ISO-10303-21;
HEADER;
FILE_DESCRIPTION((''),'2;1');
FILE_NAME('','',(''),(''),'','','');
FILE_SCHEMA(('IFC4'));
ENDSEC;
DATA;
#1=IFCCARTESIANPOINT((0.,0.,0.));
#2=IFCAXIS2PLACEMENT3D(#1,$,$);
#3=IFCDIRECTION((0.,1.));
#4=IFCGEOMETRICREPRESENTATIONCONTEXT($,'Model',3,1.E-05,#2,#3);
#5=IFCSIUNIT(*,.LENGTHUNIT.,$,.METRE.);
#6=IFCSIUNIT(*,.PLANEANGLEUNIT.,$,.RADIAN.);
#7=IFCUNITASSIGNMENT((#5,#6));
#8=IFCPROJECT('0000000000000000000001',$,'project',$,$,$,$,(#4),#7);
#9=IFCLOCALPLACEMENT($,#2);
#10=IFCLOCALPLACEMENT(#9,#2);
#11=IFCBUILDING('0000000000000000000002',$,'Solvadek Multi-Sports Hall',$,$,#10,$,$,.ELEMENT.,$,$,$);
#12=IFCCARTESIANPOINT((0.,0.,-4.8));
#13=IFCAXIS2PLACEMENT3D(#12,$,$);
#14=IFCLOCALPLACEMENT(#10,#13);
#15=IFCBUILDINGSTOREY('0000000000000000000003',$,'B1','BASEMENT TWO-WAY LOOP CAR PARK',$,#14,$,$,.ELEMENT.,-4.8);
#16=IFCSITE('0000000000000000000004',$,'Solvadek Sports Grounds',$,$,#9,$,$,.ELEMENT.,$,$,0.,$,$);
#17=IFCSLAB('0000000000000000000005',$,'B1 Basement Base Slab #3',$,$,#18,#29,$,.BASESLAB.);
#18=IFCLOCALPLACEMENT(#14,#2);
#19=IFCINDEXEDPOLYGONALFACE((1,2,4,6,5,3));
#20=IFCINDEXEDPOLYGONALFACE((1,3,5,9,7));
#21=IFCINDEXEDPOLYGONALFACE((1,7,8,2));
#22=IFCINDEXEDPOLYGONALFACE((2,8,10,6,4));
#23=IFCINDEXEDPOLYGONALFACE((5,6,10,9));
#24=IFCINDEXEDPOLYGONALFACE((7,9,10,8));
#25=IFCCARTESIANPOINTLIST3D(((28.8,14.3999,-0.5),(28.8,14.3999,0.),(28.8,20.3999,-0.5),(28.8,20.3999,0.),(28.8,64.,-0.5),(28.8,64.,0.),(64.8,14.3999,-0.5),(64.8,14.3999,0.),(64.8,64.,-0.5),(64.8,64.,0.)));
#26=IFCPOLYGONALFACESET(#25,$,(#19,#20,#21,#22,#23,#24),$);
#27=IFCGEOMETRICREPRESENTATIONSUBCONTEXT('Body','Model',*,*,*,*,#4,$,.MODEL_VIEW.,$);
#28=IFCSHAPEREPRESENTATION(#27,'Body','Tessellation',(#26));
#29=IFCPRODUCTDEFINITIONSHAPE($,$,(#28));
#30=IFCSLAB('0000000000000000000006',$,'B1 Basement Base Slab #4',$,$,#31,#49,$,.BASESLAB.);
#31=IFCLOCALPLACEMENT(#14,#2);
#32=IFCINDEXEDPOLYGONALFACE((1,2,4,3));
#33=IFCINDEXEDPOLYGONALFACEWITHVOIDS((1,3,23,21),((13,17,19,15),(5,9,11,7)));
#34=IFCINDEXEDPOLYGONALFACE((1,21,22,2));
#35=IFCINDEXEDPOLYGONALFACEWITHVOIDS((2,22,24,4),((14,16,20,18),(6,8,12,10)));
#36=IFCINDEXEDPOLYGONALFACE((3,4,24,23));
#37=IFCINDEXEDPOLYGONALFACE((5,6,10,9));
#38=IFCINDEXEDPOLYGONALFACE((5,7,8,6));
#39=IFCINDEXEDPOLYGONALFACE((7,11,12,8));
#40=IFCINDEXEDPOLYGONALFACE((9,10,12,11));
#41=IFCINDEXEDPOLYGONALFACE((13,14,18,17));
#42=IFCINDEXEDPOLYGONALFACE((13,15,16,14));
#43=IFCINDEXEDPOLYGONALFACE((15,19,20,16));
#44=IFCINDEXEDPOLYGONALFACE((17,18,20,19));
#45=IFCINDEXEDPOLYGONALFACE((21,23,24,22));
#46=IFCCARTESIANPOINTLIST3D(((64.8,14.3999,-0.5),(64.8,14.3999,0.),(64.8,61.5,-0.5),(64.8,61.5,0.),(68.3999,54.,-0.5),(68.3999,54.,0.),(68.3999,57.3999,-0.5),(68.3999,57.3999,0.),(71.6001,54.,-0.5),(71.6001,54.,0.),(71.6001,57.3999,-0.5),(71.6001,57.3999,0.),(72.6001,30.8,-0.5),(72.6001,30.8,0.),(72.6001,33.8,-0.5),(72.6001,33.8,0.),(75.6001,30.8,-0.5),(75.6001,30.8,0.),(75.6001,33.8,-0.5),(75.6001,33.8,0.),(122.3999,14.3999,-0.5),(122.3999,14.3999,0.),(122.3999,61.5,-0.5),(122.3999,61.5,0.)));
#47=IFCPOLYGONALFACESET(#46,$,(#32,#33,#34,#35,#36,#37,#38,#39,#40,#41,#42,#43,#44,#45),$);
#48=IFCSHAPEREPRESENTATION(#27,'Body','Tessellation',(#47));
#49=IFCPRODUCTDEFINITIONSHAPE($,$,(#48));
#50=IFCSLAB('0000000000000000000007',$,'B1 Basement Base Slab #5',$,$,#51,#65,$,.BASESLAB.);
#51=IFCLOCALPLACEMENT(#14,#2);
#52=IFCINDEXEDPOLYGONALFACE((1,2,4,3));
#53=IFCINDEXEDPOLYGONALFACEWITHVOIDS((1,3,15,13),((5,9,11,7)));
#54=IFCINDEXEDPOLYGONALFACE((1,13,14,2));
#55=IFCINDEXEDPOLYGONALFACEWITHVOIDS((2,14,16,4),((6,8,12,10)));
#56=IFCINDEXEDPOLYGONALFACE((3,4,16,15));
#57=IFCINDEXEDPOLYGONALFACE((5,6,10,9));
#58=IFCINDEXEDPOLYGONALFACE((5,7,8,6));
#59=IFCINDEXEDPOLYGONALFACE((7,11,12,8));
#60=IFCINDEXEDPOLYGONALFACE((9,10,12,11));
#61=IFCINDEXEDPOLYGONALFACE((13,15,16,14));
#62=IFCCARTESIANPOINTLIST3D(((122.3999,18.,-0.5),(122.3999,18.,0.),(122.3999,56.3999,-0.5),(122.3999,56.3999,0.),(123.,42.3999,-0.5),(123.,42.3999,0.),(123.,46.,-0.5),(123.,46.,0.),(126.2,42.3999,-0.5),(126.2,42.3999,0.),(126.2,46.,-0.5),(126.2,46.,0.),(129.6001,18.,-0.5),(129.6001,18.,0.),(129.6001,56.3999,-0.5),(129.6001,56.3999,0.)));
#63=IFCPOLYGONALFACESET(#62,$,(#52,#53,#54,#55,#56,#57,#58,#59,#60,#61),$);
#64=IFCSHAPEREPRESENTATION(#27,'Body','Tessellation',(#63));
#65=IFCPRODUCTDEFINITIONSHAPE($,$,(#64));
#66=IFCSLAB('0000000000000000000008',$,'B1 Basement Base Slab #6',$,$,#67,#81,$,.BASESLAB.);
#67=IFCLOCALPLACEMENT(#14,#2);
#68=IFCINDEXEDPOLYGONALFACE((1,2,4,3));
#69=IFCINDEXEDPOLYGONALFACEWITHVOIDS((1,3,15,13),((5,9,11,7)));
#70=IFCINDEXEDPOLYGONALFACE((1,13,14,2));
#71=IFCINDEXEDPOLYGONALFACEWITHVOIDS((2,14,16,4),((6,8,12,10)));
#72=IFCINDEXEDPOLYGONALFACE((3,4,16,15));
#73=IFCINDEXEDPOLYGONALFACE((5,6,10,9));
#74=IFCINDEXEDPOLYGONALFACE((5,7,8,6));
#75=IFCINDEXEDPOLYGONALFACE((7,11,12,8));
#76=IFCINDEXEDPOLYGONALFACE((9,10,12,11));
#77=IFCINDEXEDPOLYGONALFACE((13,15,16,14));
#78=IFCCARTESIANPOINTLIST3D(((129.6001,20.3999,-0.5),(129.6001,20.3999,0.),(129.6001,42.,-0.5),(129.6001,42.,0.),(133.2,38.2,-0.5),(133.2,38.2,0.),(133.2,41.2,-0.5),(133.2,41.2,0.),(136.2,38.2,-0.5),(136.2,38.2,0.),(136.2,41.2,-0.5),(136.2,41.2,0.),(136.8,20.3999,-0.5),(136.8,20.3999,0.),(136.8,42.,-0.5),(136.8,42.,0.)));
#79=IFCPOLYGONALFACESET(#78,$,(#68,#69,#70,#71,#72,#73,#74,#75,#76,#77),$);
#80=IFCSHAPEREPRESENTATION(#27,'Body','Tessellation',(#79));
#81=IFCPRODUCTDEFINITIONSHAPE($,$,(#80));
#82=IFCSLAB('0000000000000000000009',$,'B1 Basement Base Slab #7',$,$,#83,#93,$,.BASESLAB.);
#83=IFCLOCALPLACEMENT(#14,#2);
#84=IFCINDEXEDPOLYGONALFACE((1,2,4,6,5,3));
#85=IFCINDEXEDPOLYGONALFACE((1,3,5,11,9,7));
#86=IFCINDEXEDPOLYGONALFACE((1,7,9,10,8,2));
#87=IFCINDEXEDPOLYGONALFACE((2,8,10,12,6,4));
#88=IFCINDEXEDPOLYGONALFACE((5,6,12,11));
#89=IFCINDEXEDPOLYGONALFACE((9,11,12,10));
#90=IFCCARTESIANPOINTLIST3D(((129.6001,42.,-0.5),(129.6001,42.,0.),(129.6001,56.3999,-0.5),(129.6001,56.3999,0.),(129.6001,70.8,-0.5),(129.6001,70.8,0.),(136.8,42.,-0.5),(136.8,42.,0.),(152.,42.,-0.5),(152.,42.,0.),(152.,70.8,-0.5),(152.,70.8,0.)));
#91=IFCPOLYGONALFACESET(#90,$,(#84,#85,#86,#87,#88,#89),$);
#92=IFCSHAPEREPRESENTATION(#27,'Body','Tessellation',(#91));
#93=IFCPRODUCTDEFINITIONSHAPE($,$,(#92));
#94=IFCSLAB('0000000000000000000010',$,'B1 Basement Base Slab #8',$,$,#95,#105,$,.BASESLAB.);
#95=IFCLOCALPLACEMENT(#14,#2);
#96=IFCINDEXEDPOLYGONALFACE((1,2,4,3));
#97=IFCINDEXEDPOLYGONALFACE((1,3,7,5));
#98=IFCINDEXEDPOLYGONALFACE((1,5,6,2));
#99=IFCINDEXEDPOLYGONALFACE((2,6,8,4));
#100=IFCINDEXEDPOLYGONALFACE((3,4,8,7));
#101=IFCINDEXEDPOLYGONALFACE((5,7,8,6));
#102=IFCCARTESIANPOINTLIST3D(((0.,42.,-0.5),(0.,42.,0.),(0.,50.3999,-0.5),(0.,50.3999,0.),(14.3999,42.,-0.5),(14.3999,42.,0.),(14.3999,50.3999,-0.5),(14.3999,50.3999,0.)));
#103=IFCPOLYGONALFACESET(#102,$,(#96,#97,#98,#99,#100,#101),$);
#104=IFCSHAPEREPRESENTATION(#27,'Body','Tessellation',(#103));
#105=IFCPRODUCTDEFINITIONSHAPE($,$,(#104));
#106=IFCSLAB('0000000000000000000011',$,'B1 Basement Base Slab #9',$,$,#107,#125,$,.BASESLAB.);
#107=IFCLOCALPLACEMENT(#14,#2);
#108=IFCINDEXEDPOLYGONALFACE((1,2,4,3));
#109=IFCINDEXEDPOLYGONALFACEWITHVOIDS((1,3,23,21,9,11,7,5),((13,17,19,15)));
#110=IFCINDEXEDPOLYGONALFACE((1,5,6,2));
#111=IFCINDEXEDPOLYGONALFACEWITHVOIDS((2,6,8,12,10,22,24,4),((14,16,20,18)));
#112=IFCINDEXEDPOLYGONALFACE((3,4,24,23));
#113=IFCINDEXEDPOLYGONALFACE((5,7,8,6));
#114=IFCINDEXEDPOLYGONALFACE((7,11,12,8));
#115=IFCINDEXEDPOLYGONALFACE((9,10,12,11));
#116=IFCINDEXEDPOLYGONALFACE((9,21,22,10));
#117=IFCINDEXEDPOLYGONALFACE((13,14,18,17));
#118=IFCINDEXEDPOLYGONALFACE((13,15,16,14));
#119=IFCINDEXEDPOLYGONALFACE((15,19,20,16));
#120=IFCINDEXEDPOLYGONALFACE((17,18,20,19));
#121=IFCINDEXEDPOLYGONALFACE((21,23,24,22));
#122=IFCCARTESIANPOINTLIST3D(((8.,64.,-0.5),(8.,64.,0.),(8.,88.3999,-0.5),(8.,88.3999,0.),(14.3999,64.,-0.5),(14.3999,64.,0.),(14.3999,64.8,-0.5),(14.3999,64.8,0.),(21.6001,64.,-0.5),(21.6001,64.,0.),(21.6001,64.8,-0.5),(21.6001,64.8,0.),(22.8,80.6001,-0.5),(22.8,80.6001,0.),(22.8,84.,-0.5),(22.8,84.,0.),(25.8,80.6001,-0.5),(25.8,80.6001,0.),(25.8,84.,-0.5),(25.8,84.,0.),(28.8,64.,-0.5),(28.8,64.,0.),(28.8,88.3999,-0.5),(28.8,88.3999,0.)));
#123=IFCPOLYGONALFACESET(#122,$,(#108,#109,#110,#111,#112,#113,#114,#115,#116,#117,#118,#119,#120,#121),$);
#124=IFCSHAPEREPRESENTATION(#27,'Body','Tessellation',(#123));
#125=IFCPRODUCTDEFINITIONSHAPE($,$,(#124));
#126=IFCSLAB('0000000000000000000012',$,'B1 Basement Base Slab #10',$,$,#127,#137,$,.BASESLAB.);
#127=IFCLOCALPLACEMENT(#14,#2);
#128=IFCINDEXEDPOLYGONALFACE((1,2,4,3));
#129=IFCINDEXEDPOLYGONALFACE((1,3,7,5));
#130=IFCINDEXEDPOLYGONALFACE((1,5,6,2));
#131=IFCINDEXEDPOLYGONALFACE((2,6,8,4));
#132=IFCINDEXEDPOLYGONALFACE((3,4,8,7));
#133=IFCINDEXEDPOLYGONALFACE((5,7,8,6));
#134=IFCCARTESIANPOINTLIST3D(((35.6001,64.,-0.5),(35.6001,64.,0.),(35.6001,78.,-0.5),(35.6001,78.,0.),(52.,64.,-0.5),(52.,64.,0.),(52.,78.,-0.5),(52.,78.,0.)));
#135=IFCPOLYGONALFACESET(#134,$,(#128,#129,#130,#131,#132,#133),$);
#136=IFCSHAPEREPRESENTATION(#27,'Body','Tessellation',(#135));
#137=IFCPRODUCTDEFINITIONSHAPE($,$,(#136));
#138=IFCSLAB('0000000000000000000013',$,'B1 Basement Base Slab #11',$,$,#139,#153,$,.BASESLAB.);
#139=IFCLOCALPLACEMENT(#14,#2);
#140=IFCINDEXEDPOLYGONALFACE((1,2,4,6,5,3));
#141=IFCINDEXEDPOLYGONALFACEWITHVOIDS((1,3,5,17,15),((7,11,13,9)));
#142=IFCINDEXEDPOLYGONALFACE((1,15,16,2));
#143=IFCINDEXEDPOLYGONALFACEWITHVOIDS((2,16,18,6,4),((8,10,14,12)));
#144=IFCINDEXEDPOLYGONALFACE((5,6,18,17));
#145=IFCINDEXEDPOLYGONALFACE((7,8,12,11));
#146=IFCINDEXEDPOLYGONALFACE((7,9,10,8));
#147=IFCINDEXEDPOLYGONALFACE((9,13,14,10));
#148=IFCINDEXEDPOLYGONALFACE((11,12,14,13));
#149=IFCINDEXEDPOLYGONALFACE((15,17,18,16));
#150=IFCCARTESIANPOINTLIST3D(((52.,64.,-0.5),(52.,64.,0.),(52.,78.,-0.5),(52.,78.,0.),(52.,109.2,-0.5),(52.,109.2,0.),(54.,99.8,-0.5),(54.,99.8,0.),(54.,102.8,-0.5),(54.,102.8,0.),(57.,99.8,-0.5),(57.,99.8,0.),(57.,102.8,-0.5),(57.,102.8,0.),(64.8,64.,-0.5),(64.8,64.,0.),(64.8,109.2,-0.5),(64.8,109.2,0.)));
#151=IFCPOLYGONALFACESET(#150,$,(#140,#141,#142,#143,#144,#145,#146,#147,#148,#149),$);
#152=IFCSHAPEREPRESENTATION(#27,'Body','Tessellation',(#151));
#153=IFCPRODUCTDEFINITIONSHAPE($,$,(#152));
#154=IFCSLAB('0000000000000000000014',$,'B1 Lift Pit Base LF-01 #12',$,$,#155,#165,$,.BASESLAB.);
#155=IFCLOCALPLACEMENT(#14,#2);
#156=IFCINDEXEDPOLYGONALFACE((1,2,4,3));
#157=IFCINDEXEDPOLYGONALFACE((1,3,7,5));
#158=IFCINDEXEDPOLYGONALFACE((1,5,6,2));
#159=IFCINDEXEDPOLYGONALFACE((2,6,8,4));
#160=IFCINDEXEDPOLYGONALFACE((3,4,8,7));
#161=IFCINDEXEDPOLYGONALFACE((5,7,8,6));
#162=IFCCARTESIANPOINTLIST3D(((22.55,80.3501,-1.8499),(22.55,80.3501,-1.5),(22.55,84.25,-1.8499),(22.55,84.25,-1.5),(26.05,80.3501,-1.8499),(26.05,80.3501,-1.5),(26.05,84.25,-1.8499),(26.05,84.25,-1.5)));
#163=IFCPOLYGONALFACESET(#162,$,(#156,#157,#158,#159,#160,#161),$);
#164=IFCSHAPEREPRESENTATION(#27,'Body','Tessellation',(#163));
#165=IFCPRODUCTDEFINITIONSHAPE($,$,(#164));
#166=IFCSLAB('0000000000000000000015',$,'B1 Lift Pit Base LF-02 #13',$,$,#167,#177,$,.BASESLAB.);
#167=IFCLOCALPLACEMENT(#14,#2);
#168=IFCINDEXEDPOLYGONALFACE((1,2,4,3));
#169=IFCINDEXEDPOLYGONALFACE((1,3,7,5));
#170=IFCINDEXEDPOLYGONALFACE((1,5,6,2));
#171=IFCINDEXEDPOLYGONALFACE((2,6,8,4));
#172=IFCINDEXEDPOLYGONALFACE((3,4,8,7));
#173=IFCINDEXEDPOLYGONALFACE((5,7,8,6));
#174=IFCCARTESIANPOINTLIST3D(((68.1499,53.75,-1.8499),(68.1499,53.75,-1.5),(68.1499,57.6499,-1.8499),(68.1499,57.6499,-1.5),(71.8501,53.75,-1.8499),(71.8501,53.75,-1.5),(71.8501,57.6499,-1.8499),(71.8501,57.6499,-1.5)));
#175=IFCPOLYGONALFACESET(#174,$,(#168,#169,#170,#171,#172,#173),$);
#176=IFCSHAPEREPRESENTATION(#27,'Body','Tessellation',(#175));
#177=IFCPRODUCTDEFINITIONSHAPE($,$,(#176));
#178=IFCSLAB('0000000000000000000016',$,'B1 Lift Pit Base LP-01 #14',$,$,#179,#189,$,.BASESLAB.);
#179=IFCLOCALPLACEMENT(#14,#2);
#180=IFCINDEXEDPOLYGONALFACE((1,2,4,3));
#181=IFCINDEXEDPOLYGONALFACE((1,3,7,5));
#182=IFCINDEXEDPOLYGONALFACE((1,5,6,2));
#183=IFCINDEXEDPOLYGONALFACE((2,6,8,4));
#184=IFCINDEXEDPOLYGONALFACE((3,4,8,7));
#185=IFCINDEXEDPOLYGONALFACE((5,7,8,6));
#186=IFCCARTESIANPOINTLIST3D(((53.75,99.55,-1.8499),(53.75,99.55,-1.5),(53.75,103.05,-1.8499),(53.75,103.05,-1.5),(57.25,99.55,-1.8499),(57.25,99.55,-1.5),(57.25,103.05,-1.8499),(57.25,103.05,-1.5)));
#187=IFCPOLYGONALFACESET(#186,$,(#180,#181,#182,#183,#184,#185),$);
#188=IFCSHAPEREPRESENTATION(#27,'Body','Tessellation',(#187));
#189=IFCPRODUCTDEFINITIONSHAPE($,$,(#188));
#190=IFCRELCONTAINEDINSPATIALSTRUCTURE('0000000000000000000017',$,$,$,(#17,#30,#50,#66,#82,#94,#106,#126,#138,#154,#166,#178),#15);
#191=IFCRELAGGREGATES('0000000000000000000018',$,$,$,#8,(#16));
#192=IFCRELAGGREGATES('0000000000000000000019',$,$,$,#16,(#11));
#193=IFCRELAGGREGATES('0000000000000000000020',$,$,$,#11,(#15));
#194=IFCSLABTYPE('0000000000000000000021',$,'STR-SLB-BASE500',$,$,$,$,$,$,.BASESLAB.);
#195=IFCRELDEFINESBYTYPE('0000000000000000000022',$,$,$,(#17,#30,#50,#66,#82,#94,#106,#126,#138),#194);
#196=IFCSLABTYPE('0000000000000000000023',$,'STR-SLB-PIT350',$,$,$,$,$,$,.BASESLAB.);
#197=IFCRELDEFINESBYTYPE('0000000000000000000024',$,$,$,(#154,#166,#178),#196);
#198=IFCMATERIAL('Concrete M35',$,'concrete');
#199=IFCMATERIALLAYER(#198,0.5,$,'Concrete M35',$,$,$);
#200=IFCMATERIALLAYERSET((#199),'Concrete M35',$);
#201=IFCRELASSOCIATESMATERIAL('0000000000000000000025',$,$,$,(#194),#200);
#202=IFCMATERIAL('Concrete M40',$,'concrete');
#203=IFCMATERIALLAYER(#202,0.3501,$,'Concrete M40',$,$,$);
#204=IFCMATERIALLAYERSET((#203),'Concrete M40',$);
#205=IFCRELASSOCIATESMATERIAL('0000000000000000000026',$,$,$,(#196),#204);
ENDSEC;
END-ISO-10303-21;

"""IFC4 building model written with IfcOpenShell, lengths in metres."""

from ifc_helpers import new_model, si_unit, direction, frame, origin, place, context, subcontext, project, spatial, polyline, outline, extrude, material, layer, layer_set, type_object, element, save


model = new_model("IFC4")

# Units and contexts
model_context = context("Model", 3, precision=1e-05, world=origin(), true_north=direction((0.0, 1.0)))
body_context = subcontext(model_context, "Body", "Model", "MODEL_VIEW")
ifc_project = project(units=[si_unit("LENGTHUNIT", "METRE"), si_unit("PLANEANGLEUNIT", "RADIAN")], contexts=[model_context])

# Site, building, storey
site_placement = place(None, origin())
site = spatial("IfcSite", under=ifc_project, at=site_placement, Name="Solvadek Sports Grounds", CompositionType="ELEMENT", RefElevation=0.0)
building_placement = place(site_placement, origin())
building = spatial("IfcBuilding", under=site, at=building_placement, Name="Solvadek Multi-Sports Hall", CompositionType="ELEMENT")
storey_placement = place(building_placement, frame((0.0, 0.0, -4.8)))
storey = spatial("IfcBuildingStorey", under=building, at=storey_placement, Name="B1", Description="BASEMENT TWO-WAY LOOP CAR PARK", CompositionType="ELEMENT", Elevation=-4.8)

# Shared definitions
ifc_material_1 = material(Name="Concrete M40", Category="concrete")

# Shared definitions
ifc_material_2 = material(Name="Concrete M35", Category="concrete")

# Slabs
ifc_layer_1 = layer(ifc_material_2, 0.5, Name="Concrete M35")
ifc_layer_set_1 = layer_set([ifc_layer_1], Name="Concrete M35")
slab_type_1 = type_object("IfcSlabType", Name="STR-SLB-BASE500", PredefinedType="BASESLAB", material=ifc_layer_set_1)
slab_1_placement = place(storey_placement, frame((0.0, 0.0, -0.5)))
element("IfcSlab", 1, at=slab_1_placement, inside=storey, type_object=slab_type_1, Name="B1 Basement Base Slab #3", PredefinedType="BASESLAB", context=body_context, shape_type="SweptSolid", body=[
    extrude(outline(polyline([(28.8, 20.3999), (28.8, 64.0), (64.8, 64.0), (64.8, 14.3999), (28.8, 14.3999), (28.8, 20.3999)])), origin(), (0.0, 0.0, 1.0), 0.5),
])
slab_2_placement = place(storey_placement, frame((0.0, 0.0, -0.5)))
element("IfcSlab", 2, at=slab_2_placement, inside=storey, type_object=slab_type_1, Name="B1 Basement Base Slab #4", PredefinedType="BASESLAB", context=body_context, shape_type="SweptSolid", body=[
    extrude(outline(polyline([(64.8, 61.5), (122.3999, 61.5), (122.3999, 14.3999), (64.8, 14.3999), (64.8, 61.5)]), holes=[polyline([(75.6001, 30.8), (75.6001, 33.8), (72.6001, 33.8), (72.6001, 30.8), (75.6001, 30.8)]), polyline([(71.6001, 54.0), (71.6001, 57.3999), (68.3999, 57.3999), (68.3999, 54.0), (71.6001, 54.0)])]), origin(), (0.0, 0.0, 1.0), 0.5),
])
slab_3_placement = place(storey_placement, frame((0.0, 0.0, -0.5)))
element("IfcSlab", 3, at=slab_3_placement, inside=storey, type_object=slab_type_1, Name="B1 Basement Base Slab #5", PredefinedType="BASESLAB", context=body_context, shape_type="SweptSolid", body=[
    extrude(outline(polyline([(122.3999, 56.3999), (129.6001, 56.3999), (129.6001, 18.0), (122.3999, 18.0), (122.3999, 56.3999)]), holes=[polyline([(126.2, 42.3999), (126.2, 46.0), (123.0, 46.0), (123.0, 42.3999), (126.2, 42.3999)])]), origin(), (0.0, 0.0, 1.0), 0.5),
])
slab_4_placement = place(storey_placement, frame((0.0, 0.0, -0.5)))
element("IfcSlab", 4, at=slab_4_placement, inside=storey, type_object=slab_type_1, Name="B1 Basement Base Slab #6", PredefinedType="BASESLAB", context=body_context, shape_type="SweptSolid", body=[
    extrude(outline(polyline([(129.6001, 42.0), (136.8, 42.0), (136.8, 20.3999), (129.6001, 20.3999), (129.6001, 42.0)]), holes=[polyline([(136.2, 38.2), (136.2, 41.2), (133.2, 41.2), (133.2, 38.2), (136.2, 38.2)])]), origin(), (0.0, 0.0, 1.0), 0.5),
])
slab_5_placement = place(storey_placement, frame((0.0, 0.0, -0.5)))
element("IfcSlab", 5, at=slab_5_placement, inside=storey, type_object=slab_type_1, Name="B1 Basement Base Slab #7", PredefinedType="BASESLAB", context=body_context, shape_type="SweptSolid", body=[
    extrude(outline(polyline([(129.6001, 56.3999), (129.6001, 70.8), (152.0, 70.8), (152.0, 42.0), (136.8, 42.0), (129.6001, 42.0), (129.6001, 56.3999)])), origin(), (0.0, 0.0, 1.0), 0.5),
])
slab_6_placement = place(storey_placement, frame((0.0, 0.0, -0.5)))
element("IfcSlab", 6, at=slab_6_placement, inside=storey, type_object=slab_type_1, Name="B1 Basement Base Slab #8", PredefinedType="BASESLAB", context=body_context, shape_type="SweptSolid", body=[
    extrude(outline(polyline([(0.0, 50.3999), (14.3999, 50.3999), (14.3999, 42.0), (0.0, 42.0), (0.0, 50.3999)])), origin(), (0.0, 0.0, 1.0), 0.5),
])
slab_7_placement = place(storey_placement, frame((0.0, 0.0, -0.5)))
element("IfcSlab", 7, at=slab_7_placement, inside=storey, type_object=slab_type_1, Name="B1 Basement Base Slab #9", PredefinedType="BASESLAB", context=body_context, shape_type="SweptSolid", body=[
    extrude(outline(polyline([(8.0, 88.3999), (28.8, 88.3999), (28.8, 64.0), (21.6001, 64.0), (21.6001, 64.8), (14.3999, 64.8), (14.3999, 64.0), (8.0, 64.0), (8.0, 88.3999)]), holes=[polyline([(25.8, 80.6001), (25.8, 84.0), (22.8, 84.0), (22.8, 80.6001), (25.8, 80.6001)])]), origin(), (0.0, 0.0, 1.0), 0.5),
])
slab_8_placement = place(storey_placement, frame((0.0, 0.0, -0.5)))
element("IfcSlab", 8, at=slab_8_placement, inside=storey, type_object=slab_type_1, Name="B1 Basement Base Slab #10", PredefinedType="BASESLAB", context=body_context, shape_type="SweptSolid", body=[
    extrude(outline(polyline([(35.6001, 78.0), (52.0, 78.0), (52.0, 64.0), (35.6001, 64.0), (35.6001, 78.0)])), origin(), (0.0, 0.0, 1.0), 0.5),
])
slab_9_placement = place(storey_placement, frame((0.0, 0.0, -0.5)))
element("IfcSlab", 9, at=slab_9_placement, inside=storey, type_object=slab_type_1, Name="B1 Basement Base Slab #11", PredefinedType="BASESLAB", context=body_context, shape_type="SweptSolid", body=[
    extrude(outline(polyline([(52.0, 78.0), (52.0, 109.2), (64.8, 109.2), (64.8, 64.0), (52.0, 64.0), (52.0, 78.0)]), holes=[polyline([(57.0, 99.8), (57.0, 102.8), (54.0, 102.8), (54.0, 99.8), (57.0, 99.8)])]), origin(), (0.0, 0.0, 1.0), 0.5),
])
ifc_layer_2 = layer(ifc_material_1, 0.3501, Name="Concrete M40")
ifc_layer_set_2 = layer_set([ifc_layer_2], Name="Concrete M40")
slab_type_2 = type_object("IfcSlabType", Name="STR-SLB-PIT350", PredefinedType="BASESLAB", material=ifc_layer_set_2)
slab_10_placement = place(storey_placement, frame((0.0, 0.0, -1.8499)))
element("IfcSlab", 10, at=slab_10_placement, inside=storey, type_object=slab_type_2, Name="B1 Lift Pit Base LF-01 #12", PredefinedType="BASESLAB", context=body_context, shape_type="SweptSolid", body=[
    extrude(outline(polyline([(22.55, 80.3501), (22.55, 84.25), (26.05, 84.25), (26.05, 80.3501), (22.55, 80.3501)])), origin(), (0.0, 0.0, 1.0), 0.3499),
])
slab_11_placement = place(storey_placement, frame((0.0, 0.0, -1.8499)))
element("IfcSlab", 11, at=slab_11_placement, inside=storey, type_object=slab_type_2, Name="B1 Lift Pit Base LF-02 #13", PredefinedType="BASESLAB", context=body_context, shape_type="SweptSolid", body=[
    extrude(outline(polyline([(68.1499, 57.6499), (71.8501, 57.6499), (71.8501, 53.75), (68.1499, 53.75), (68.1499, 57.6499)])), origin(), (0.0, 0.0, 1.0), 0.3499),
])
slab_12_placement = place(storey_placement, frame((0.0, 0.0, -1.8499)))
element("IfcSlab", 12, at=slab_12_placement, inside=storey, type_object=slab_type_2, Name="B1 Lift Pit Base LP-01 #14", PredefinedType="BASESLAB", context=body_context, shape_type="SweptSolid", body=[
    extrude(outline(polyline([(53.75, 103.05), (57.25, 103.05), (57.25, 99.55), (53.75, 99.55), (53.75, 103.05)])), origin(), (0.0, 0.0, 1.0), 0.3499),
])

save(model, "model.ifc")
